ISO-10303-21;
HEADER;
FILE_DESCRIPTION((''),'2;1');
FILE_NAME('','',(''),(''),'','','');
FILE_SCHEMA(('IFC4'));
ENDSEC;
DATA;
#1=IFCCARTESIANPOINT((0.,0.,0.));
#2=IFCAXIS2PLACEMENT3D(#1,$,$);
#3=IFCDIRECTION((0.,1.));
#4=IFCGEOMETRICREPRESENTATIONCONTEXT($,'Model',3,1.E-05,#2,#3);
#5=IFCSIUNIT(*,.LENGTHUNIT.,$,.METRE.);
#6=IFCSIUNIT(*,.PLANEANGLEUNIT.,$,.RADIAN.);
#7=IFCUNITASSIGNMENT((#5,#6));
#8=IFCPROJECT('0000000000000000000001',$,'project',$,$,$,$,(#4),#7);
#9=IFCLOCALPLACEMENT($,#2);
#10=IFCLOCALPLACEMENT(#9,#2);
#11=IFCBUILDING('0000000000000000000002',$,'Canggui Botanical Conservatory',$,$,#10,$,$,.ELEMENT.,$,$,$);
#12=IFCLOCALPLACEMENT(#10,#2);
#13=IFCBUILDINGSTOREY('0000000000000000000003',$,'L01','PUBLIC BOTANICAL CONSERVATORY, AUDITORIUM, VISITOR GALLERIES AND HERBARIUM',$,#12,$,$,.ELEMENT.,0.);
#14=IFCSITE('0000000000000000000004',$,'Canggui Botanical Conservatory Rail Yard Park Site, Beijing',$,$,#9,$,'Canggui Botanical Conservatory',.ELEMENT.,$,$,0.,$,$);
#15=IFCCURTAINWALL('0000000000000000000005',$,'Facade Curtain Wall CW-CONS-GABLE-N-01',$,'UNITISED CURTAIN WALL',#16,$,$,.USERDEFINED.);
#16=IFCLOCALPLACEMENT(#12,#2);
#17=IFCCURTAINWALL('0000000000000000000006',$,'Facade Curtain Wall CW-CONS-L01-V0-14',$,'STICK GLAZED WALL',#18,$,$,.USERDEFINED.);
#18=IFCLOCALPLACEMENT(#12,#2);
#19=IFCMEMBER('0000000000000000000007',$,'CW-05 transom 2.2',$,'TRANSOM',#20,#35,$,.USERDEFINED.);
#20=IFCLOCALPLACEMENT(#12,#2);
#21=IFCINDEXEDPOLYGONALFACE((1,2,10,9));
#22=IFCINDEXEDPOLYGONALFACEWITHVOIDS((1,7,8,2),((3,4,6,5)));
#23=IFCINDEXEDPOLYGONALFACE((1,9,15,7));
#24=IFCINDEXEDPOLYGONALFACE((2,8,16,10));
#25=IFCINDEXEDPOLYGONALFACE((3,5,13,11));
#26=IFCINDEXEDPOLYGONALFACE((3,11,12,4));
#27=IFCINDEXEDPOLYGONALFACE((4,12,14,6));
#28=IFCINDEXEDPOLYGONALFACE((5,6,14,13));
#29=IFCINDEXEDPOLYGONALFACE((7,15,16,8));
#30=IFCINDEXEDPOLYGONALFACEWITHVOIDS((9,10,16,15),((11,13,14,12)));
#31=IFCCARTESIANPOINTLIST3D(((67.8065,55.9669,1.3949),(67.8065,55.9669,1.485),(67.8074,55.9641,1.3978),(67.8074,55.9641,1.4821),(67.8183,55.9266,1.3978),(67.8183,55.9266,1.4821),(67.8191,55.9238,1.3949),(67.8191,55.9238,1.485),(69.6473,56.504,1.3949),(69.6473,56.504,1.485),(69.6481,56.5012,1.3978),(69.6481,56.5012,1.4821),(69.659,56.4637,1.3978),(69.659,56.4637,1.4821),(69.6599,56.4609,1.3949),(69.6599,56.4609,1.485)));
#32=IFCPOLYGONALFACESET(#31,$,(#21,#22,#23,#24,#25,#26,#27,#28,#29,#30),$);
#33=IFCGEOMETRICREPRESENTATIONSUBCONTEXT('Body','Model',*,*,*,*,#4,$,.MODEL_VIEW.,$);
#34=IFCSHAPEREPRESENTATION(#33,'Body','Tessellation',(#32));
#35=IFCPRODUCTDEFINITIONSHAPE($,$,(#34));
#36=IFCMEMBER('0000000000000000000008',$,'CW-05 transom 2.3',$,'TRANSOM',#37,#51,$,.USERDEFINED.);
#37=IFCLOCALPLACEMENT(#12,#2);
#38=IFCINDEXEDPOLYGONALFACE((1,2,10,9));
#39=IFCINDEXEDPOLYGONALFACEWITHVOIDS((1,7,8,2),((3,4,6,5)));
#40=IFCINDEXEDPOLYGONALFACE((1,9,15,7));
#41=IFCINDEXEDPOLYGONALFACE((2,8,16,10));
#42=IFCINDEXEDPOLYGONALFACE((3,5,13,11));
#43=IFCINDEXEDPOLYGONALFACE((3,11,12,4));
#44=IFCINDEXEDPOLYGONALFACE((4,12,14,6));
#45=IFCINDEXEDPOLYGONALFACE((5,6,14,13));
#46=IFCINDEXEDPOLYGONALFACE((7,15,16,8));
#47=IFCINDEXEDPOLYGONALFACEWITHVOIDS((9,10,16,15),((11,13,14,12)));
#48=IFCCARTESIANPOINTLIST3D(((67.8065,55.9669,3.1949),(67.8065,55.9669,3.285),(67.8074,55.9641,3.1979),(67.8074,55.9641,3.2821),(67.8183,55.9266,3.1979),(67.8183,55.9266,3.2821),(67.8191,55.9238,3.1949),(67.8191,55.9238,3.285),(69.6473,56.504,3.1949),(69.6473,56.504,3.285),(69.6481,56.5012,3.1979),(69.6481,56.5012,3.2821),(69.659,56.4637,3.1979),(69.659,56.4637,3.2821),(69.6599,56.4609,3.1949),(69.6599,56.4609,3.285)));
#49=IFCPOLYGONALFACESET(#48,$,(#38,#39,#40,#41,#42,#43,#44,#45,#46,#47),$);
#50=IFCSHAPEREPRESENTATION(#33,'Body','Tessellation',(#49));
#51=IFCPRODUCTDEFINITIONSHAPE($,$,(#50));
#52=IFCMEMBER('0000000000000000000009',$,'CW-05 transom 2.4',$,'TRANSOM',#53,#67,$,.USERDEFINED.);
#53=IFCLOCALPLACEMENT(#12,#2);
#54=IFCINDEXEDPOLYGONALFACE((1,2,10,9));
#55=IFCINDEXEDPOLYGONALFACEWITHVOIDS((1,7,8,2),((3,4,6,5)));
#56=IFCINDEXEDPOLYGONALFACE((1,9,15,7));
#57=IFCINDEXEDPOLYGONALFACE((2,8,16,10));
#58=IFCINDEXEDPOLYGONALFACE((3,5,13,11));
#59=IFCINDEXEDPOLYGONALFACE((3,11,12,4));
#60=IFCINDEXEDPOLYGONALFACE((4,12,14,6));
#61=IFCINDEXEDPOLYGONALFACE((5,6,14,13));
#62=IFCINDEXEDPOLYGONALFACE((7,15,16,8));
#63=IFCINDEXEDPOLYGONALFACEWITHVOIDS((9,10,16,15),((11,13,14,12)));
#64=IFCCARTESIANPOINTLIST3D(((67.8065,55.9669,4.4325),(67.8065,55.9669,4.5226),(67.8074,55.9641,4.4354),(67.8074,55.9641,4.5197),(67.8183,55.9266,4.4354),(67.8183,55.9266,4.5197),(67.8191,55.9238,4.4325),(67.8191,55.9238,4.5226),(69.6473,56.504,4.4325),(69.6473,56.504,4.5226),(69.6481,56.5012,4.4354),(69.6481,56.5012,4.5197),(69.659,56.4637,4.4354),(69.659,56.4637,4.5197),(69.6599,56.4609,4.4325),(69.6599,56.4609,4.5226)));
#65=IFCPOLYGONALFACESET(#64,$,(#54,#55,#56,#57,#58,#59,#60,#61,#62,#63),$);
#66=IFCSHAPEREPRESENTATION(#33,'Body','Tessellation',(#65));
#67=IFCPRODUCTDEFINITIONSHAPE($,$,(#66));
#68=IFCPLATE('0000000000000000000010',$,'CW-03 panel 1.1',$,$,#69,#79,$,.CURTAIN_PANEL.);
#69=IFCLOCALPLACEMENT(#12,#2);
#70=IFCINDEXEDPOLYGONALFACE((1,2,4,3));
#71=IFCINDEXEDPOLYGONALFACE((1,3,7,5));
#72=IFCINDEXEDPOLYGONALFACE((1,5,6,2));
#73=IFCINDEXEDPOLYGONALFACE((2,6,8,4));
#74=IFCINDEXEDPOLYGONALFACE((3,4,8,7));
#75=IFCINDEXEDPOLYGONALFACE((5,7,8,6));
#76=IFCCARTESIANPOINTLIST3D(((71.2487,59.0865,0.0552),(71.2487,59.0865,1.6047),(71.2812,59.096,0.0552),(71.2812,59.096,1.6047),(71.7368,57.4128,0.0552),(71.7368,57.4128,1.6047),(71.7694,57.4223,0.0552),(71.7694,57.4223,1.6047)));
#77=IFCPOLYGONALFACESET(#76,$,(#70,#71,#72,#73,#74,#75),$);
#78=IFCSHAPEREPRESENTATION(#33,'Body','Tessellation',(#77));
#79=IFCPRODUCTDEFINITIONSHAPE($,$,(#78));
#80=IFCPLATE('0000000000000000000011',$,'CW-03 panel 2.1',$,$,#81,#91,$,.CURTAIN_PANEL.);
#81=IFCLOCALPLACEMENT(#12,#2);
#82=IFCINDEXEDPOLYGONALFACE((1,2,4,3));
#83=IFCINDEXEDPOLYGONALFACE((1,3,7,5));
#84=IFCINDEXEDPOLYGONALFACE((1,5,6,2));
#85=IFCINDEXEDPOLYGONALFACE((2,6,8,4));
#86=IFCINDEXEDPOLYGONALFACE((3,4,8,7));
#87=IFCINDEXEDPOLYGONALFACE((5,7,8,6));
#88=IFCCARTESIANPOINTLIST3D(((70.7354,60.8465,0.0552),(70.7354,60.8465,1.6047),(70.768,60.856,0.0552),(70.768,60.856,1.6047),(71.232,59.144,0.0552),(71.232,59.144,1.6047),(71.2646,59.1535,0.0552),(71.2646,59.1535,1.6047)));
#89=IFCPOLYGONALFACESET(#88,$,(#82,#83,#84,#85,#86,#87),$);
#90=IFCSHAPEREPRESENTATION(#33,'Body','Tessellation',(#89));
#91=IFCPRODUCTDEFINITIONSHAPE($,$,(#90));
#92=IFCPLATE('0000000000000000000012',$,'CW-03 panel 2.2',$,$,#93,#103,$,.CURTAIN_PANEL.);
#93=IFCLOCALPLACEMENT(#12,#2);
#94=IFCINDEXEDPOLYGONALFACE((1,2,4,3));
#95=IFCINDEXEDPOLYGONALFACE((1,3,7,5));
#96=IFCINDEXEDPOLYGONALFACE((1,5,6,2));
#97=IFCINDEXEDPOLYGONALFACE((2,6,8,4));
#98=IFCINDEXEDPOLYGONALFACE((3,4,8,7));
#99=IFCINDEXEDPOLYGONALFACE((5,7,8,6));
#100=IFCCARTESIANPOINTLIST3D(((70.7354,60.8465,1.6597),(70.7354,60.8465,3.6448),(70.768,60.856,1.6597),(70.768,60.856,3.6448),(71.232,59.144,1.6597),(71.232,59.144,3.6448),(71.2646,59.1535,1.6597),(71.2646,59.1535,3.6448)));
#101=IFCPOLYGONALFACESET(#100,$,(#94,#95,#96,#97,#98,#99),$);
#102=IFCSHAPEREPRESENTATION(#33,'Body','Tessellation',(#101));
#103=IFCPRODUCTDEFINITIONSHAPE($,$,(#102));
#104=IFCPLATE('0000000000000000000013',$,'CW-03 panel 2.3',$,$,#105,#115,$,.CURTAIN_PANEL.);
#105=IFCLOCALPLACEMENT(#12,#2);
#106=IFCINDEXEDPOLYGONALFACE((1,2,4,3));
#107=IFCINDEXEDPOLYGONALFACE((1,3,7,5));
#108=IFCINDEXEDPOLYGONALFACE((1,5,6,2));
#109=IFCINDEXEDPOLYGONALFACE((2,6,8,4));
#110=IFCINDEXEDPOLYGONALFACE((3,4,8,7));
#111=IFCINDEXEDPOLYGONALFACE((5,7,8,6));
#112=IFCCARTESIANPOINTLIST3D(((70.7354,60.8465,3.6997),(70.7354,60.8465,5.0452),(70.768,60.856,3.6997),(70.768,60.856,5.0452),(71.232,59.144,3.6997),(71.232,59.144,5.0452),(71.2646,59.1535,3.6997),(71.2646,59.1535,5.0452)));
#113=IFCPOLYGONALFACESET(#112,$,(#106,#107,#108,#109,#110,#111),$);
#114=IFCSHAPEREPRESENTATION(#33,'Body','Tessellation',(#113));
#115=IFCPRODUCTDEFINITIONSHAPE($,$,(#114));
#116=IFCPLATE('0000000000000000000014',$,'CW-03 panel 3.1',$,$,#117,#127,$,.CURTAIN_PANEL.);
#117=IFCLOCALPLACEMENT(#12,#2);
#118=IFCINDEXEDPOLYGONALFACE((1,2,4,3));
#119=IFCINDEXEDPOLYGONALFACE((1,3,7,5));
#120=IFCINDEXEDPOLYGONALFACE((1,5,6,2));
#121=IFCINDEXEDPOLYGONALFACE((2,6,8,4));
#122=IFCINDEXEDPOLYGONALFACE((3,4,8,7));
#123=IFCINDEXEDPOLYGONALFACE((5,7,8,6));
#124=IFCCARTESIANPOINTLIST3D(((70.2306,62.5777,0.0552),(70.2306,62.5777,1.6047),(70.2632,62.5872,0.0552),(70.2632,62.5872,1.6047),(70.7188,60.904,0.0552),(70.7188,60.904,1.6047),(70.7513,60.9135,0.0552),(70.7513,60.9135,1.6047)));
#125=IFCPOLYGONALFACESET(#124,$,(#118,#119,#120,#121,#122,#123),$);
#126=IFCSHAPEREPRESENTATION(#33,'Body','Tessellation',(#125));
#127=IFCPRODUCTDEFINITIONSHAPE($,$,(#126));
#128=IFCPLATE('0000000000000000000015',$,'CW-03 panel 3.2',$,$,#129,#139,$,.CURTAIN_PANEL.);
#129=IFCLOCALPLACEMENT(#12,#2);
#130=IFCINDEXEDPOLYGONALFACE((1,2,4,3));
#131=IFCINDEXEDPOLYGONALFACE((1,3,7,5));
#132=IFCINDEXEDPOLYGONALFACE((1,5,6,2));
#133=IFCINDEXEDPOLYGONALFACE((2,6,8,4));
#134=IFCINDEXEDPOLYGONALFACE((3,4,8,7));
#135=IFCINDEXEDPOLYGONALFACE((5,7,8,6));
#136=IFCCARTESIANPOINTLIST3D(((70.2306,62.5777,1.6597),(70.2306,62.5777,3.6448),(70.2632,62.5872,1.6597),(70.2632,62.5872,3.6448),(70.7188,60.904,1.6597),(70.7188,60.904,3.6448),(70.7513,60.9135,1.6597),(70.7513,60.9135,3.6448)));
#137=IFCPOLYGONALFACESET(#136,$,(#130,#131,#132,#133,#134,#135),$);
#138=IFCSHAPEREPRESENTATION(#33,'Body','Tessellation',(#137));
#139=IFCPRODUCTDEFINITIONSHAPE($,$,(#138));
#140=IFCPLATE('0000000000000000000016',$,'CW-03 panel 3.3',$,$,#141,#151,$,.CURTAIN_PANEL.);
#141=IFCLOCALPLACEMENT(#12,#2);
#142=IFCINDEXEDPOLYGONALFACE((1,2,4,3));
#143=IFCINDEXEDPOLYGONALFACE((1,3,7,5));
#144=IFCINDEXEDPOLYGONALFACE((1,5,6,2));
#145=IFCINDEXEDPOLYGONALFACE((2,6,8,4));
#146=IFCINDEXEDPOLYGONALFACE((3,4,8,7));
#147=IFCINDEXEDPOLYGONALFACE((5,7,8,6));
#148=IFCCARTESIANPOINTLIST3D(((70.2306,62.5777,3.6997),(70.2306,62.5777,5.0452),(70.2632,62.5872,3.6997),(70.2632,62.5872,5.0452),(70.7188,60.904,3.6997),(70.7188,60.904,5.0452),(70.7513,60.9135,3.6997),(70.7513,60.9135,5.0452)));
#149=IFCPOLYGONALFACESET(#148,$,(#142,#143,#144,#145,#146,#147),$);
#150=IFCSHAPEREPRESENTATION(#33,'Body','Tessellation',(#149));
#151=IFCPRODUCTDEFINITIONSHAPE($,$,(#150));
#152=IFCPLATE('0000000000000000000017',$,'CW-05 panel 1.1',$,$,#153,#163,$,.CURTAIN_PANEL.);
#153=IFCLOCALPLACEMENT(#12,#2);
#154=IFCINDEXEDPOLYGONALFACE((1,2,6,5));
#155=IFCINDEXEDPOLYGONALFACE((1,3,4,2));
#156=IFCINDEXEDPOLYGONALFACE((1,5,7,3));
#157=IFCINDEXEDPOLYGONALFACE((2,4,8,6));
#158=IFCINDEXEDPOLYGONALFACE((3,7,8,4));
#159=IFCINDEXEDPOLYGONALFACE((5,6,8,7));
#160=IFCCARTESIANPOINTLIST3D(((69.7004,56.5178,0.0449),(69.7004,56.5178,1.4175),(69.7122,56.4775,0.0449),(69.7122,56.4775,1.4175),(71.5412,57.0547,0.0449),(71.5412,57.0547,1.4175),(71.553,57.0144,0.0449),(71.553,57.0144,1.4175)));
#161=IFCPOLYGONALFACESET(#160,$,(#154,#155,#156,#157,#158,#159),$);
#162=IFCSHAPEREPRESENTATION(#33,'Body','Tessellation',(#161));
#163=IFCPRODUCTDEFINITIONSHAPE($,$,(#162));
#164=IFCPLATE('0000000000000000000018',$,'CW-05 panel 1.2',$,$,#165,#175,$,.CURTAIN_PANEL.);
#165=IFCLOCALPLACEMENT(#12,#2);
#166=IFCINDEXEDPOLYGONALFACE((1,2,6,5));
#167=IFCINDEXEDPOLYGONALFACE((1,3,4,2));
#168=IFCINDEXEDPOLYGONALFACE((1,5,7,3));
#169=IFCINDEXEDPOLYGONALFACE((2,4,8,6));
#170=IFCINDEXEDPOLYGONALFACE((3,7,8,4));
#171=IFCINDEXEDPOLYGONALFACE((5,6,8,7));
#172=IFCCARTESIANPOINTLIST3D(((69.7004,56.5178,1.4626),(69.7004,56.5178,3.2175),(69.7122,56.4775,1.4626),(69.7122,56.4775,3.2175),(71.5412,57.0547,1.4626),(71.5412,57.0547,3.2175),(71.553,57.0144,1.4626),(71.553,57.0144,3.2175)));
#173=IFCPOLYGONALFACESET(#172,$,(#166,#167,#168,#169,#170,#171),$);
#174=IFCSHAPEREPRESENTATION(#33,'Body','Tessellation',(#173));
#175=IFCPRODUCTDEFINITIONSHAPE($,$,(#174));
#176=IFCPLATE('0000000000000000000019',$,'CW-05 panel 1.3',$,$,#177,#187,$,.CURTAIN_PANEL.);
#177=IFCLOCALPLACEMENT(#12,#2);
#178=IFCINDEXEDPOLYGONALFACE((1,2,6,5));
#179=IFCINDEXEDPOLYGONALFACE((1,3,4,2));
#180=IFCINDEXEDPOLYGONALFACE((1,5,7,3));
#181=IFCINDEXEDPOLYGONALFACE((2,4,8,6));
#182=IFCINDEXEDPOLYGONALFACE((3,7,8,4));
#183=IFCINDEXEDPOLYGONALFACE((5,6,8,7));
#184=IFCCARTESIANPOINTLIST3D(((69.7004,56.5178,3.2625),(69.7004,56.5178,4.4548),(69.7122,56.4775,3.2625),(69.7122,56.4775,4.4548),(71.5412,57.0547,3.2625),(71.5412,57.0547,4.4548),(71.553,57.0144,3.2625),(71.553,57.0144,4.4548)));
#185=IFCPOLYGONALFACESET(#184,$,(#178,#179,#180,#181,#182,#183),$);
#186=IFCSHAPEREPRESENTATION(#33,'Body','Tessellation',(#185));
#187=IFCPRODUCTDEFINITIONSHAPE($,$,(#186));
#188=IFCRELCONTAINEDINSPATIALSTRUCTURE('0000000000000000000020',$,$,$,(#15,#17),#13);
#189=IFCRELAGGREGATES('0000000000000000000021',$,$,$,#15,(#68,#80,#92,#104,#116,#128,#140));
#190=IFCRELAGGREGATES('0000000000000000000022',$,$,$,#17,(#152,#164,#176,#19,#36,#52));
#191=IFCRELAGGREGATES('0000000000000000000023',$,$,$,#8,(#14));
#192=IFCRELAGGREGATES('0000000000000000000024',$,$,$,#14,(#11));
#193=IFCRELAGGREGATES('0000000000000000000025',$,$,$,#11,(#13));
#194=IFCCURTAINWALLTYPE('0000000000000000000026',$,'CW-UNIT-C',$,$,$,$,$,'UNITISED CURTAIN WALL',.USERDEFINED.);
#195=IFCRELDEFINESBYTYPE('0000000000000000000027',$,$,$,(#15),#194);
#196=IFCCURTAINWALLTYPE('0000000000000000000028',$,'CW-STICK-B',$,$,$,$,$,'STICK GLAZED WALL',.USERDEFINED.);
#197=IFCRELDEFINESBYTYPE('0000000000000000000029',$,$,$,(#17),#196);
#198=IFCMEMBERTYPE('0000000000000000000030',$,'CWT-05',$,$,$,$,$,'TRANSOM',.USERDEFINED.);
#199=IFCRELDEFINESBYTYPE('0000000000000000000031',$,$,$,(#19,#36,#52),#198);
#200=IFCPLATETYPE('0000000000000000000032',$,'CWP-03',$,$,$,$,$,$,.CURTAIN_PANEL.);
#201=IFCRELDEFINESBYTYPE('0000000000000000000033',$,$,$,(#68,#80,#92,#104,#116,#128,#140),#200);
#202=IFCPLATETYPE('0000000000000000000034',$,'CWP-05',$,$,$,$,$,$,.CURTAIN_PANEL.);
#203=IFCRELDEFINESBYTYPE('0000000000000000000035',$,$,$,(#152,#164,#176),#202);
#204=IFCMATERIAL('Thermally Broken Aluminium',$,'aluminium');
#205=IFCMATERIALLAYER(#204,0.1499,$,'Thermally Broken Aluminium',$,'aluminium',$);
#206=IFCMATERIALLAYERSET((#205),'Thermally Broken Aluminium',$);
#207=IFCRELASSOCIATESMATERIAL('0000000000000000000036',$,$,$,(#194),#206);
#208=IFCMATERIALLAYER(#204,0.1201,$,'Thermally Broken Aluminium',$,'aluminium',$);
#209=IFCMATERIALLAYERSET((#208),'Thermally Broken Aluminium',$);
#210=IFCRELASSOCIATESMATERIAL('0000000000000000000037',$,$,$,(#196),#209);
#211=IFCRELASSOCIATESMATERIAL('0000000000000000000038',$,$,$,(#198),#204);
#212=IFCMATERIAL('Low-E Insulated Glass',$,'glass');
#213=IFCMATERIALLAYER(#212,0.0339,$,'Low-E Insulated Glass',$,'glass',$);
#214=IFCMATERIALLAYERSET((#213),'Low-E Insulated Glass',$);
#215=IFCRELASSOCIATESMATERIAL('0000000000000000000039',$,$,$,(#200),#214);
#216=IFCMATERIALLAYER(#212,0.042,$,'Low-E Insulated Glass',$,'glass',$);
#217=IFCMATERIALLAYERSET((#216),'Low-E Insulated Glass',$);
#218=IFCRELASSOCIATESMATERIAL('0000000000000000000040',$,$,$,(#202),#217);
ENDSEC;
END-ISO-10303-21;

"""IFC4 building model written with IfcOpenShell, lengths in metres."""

from ifc_helpers import new_model, si_unit, direction, frame, origin, origin_2d, place, context, subcontext, project, spatial, rectangle, hollow_rectangle, extrude, material, layer, layer_set, material_profile, profile_set, type_object, element, aggregate, save


model = new_model("IFC4")

# Units and contexts
model_context = context("Model", 3, precision=1e-05, world=origin(), true_north=direction((0.0, 1.0)))
body_context = subcontext(model_context, "Body", "Model", "MODEL_VIEW")
ifc_project = project(units=[si_unit("LENGTHUNIT", "METRE"), si_unit("PLANEANGLEUNIT", "RADIAN")], contexts=[model_context])

# Site, building, storey
site_placement = place(None, origin())
site = spatial("IfcSite", under=ifc_project, at=site_placement, Name="Canggui Botanical Conservatory Rail Yard Park Site, Beijing", LongName="Canggui Botanical Conservatory", CompositionType="ELEMENT", RefElevation=0.0)
building_placement = place(site_placement, origin())
building = spatial("IfcBuilding", under=site, at=building_placement, Name="Canggui Botanical Conservatory", CompositionType="ELEMENT")
storey_placement = place(building_placement, origin())
storey = spatial("IfcBuildingStorey", under=building, at=storey_placement, Name="L01", Description="PUBLIC BOTANICAL CONSERVATORY, AUDITORIUM, VISITOR GALLERIES AND HERBARIUM", CompositionType="ELEMENT", Elevation=0.0)

# Curtain wall
ifc_material_1 = material(Name="Thermally Broken Aluminium", Category="aluminium")
ifc_layer_1 = layer(ifc_material_1, 0.1499, Name="Thermally Broken Aluminium", Category="aluminium")
ifc_layer_set_1 = layer_set([ifc_layer_1], Name="Thermally Broken Aluminium")
curtain_wall_type_1 = type_object("IfcCurtainWallType", Name="CW-UNIT-C", ElementType="UNITISED CURTAIN WALL", PredefinedType="USERDEFINED", material=ifc_layer_set_1)
curtain_wall_1_placement = place(storey_placement, origin())
curtain_wall_1 = element("IfcCurtainWall", 1, at=curtain_wall_1_placement, inside=storey, type_object=curtain_wall_type_1, Name="Facade Curtain Wall CW-CONS-GABLE-N-01", ObjectType="UNITISED CURTAIN WALL", PredefinedType="USERDEFINED")

# Curtain wall
ifc_layer_2 = layer(ifc_material_1, 0.1201, Name="Thermally Broken Aluminium", Category="aluminium")
ifc_layer_set_2 = layer_set([ifc_layer_2], Name="Thermally Broken Aluminium")
curtain_wall_type_2 = type_object("IfcCurtainWallType", Name="CW-STICK-B", ElementType="STICK GLAZED WALL", PredefinedType="USERDEFINED", material=ifc_layer_set_2)
curtain_wall_2_placement = place(storey_placement, origin())
curtain_wall_2 = element("IfcCurtainWall", 2, at=curtain_wall_2_placement, inside=storey, type_object=curtain_wall_type_2, Name="Facade Curtain Wall CW-CONS-L01-V0-14", ObjectType="STICK GLAZED WALL", PredefinedType="USERDEFINED")

# Members
ifc_material_profile_1 = material_profile(ifc_material_1, hollow_rectangle(XDim=0.0449, YDim=0.0901, WallThickness=0.0029, at=origin_2d()), Name="CWT 45x90x3")
ifc_profile_set_1 = profile_set([ifc_material_profile_1], Name="Thermally Broken Aluminium")
member_type_1 = type_object("IfcMemberType", Name="CWT-05", ElementType="TRANSOM", PredefinedType="USERDEFINED", material=ifc_profile_set_1)
member_1_placement = place(storey_placement, frame((69.6536, 56.4824, 1.4399), z_axis=(-0.959971, -0.280098, 0.0), x_axis=(0.280098, -0.959971, 0.0)))
member_1 = element("IfcMember", 3, at=member_1_placement, type_object=member_type_1, Name="CW-05 transom 2.2", ObjectType="TRANSOM", PredefinedType="USERDEFINED", context=body_context, shape_type="SweptSolid", body=[
    extrude(hollow_rectangle(XDim=0.0449, YDim=0.0901, WallThickness=0.0029, at=origin_2d()), origin(), (0.0, 0.0, 1.0), 1.9175),
])
member_2_placement = place(storey_placement, frame((69.6536, 56.4824, 3.24), z_axis=(-0.959971, -0.280098, 0.0), x_axis=(0.280098, -0.959971, 0.0)))
member_2 = element("IfcMember", 4, at=member_2_placement, type_object=member_type_1, Name="CW-05 transom 2.3", ObjectType="TRANSOM", PredefinedType="USERDEFINED", context=body_context, shape_type="SweptSolid", body=[
    extrude(hollow_rectangle(XDim=0.0449, YDim=0.0901, WallThickness=0.0029, at=origin_2d()), origin(), (0.0, 0.0, 1.0), 1.9175),
])
member_3_placement = place(storey_placement, frame((69.6536, 56.4824, 4.4775), z_axis=(-0.959971, -0.280098, 0.0), x_axis=(0.280098, -0.959971, 0.0)))
member_3 = element("IfcMember", 5, at=member_3_placement, type_object=member_type_1, Name="CW-05 transom 2.4", ObjectType="TRANSOM", PredefinedType="USERDEFINED", context=body_context, shape_type="SweptSolid", body=[
    extrude(hollow_rectangle(XDim=0.0449, YDim=0.0901, WallThickness=0.0029, at=origin_2d()), origin(), (0.0, 0.0, 1.0), 1.9175),
])

# Plates
ifc_material_2 = material(Name="Low-E Insulated Glass", Category="glass")
ifc_layer_3 = layer(ifc_material_2, 0.0339, Name="Low-E Insulated Glass", Category="glass")
ifc_layer_set_3 = layer_set([ifc_layer_3], Name="Low-E Insulated Glass")
plate_type_1 = type_object("IfcPlateType", Name="CWP-03", PredefinedType="CURTAIN_PANEL", material=ifc_layer_set_3)
plate_1_placement = place(storey_placement, frame((71.509, 58.2544, 0.0552), z_axis=(0.0, 0.0, 1.0), x_axis=(-0.28, 0.96, 0.0)))
plate_1 = element("IfcPlate", 6, at=plate_1_placement, type_object=plate_type_1, Name="CW-03 panel 1.1", PredefinedType="CURTAIN_PANEL", context=body_context, shape_type="SweptSolid", body=[
    extrude(rectangle(XDim=1.7434, YDim=0.0339, at=origin_2d()), origin(), (0.0, 0.0, 1.0), 1.5496),
])
plate_2_placement = place(storey_placement, frame((71.0, 60.0, 0.0552), z_axis=(0.0, 0.0, 1.0), x_axis=(-0.28, 0.96, 0.0)))
plate_2 = element("IfcPlate", 7, at=plate_2_placement, type_object=plate_type_1, Name="CW-03 panel 2.1", PredefinedType="CURTAIN_PANEL", context=body_context, shape_type="SweptSolid", body=[
    extrude(rectangle(XDim=1.7734, YDim=0.0339, at=origin_2d()), origin(), (0.0, 0.0, 1.0), 1.5496),
])
plate_3_placement = place(storey_placement, frame((71.0, 60.0, 1.6597), z_axis=(0.0, 0.0, 1.0), x_axis=(-0.28, 0.96, 0.0)))
plate_3 = element("IfcPlate", 8, at=plate_3_placement, type_object=plate_type_1, Name="CW-03 panel 2.2", PredefinedType="CURTAIN_PANEL", context=body_context, shape_type="SweptSolid", body=[
    extrude(rectangle(XDim=1.7734, YDim=0.0339, at=origin_2d()), origin(), (0.0, 0.0, 1.0), 1.9851),
])
plate_4_placement = place(storey_placement, frame((71.0, 60.0, 3.6997), z_axis=(0.0, 0.0, 1.0), x_axis=(-0.28, 0.96, 0.0)))
plate_4 = element("IfcPlate", 9, at=plate_4_placement, type_object=plate_type_1, Name="CW-03 panel 2.3", PredefinedType="CURTAIN_PANEL", context=body_context, shape_type="SweptSolid", body=[
    extrude(rectangle(XDim=1.7734, YDim=0.0339, at=origin_2d()), origin(), (0.0, 0.0, 1.0), 1.3455),
])
plate_5_placement = place(storey_placement, frame((70.491, 61.7456, 0.0552), z_axis=(0.0, 0.0, 1.0), x_axis=(-0.28, 0.96, 0.0)))
plate_5 = element("IfcPlate", 10, at=plate_5_placement, type_object=plate_type_1, Name="CW-03 panel 3.1", PredefinedType="CURTAIN_PANEL", context=body_context, shape_type="SweptSolid", body=[
    extrude(rectangle(XDim=1.7434, YDim=0.0339, at=origin_2d()), origin(), (0.0, 0.0, 1.0), 1.5496),
])
plate_6_placement = place(storey_placement, frame((70.491, 61.7456, 1.6597), z_axis=(0.0, 0.0, 1.0), x_axis=(-0.28, 0.96, 0.0)))
plate_6 = element("IfcPlate", 11, at=plate_6_placement, type_object=plate_type_1, Name="CW-03 panel 3.2", PredefinedType="CURTAIN_PANEL", context=body_context, shape_type="SweptSolid", body=[
    extrude(rectangle(XDim=1.7434, YDim=0.0339, at=origin_2d()), origin(), (0.0, 0.0, 1.0), 1.9851),
])
plate_7_placement = place(storey_placement, frame((70.491, 61.7456, 3.6997), z_axis=(0.0, 0.0, 1.0), x_axis=(-0.28, 0.96, 0.0)))
plate_7 = element("IfcPlate", 12, at=plate_7_placement, type_object=plate_type_1, Name="CW-03 panel 3.3", PredefinedType="CURTAIN_PANEL", context=body_context, shape_type="SweptSolid", body=[
    extrude(rectangle(XDim=1.7434, YDim=0.0339, at=origin_2d()), origin(), (0.0, 0.0, 1.0), 1.3455),
])
aggregate(curtain_wall_1, [plate_1, plate_2, plate_3, plate_4, plate_5, plate_6, plate_7])
ifc_layer_4 = layer(ifc_material_2, 0.042, Name="Low-E Insulated Glass", Category="glass")
ifc_layer_set_4 = layer_set([ifc_layer_4], Name="Low-E Insulated Glass")
plate_type_2 = type_object("IfcPlateType", Name="CWP-05", PredefinedType="CURTAIN_PANEL", material=ifc_layer_set_4)
plate_8_placement = place(storey_placement, frame((70.6267, 56.7661, 0.0449), z_axis=(0.0, 0.0, 1.0), x_axis=(-0.96, -0.28, 0.0)))
plate_8 = element("IfcPlate", 13, at=plate_8_placement, type_object=plate_type_2, Name="CW-05 panel 1.1", PredefinedType="CURTAIN_PANEL", context=body_context, shape_type="SweptSolid", body=[
    extrude(rectangle(XDim=1.9175, YDim=0.042, at=origin_2d()), origin(), (0.0, 0.0, 1.0), 1.3726),
])
plate_9_placement = place(storey_placement, frame((70.6267, 56.7661, 1.4626), z_axis=(0.0, 0.0, 1.0), x_axis=(-0.96, -0.28, 0.0)))
plate_9 = element("IfcPlate", 14, at=plate_9_placement, type_object=plate_type_2, Name="CW-05 panel 1.2", PredefinedType="CURTAIN_PANEL", context=body_context, shape_type="SweptSolid", body=[
    extrude(rectangle(XDim=1.9175, YDim=0.042, at=origin_2d()), origin(), (0.0, 0.0, 1.0), 1.7549),
])
plate_10_placement = place(storey_placement, frame((70.6267, 56.7661, 3.2625), z_axis=(0.0, 0.0, 1.0), x_axis=(-0.96, -0.28, 0.0)))
plate_10 = element("IfcPlate", 15, at=plate_10_placement, type_object=plate_type_2, Name="CW-05 panel 1.3", PredefinedType="CURTAIN_PANEL", context=body_context, shape_type="SweptSolid", body=[
    extrude(rectangle(XDim=1.9175, YDim=0.042, at=origin_2d()), origin(), (0.0, 0.0, 1.0), 1.1924),
])
aggregate(curtain_wall_2, [plate_8, plate_9, plate_10, member_1, member_2, member_3])

save(model, "model.ifc")
